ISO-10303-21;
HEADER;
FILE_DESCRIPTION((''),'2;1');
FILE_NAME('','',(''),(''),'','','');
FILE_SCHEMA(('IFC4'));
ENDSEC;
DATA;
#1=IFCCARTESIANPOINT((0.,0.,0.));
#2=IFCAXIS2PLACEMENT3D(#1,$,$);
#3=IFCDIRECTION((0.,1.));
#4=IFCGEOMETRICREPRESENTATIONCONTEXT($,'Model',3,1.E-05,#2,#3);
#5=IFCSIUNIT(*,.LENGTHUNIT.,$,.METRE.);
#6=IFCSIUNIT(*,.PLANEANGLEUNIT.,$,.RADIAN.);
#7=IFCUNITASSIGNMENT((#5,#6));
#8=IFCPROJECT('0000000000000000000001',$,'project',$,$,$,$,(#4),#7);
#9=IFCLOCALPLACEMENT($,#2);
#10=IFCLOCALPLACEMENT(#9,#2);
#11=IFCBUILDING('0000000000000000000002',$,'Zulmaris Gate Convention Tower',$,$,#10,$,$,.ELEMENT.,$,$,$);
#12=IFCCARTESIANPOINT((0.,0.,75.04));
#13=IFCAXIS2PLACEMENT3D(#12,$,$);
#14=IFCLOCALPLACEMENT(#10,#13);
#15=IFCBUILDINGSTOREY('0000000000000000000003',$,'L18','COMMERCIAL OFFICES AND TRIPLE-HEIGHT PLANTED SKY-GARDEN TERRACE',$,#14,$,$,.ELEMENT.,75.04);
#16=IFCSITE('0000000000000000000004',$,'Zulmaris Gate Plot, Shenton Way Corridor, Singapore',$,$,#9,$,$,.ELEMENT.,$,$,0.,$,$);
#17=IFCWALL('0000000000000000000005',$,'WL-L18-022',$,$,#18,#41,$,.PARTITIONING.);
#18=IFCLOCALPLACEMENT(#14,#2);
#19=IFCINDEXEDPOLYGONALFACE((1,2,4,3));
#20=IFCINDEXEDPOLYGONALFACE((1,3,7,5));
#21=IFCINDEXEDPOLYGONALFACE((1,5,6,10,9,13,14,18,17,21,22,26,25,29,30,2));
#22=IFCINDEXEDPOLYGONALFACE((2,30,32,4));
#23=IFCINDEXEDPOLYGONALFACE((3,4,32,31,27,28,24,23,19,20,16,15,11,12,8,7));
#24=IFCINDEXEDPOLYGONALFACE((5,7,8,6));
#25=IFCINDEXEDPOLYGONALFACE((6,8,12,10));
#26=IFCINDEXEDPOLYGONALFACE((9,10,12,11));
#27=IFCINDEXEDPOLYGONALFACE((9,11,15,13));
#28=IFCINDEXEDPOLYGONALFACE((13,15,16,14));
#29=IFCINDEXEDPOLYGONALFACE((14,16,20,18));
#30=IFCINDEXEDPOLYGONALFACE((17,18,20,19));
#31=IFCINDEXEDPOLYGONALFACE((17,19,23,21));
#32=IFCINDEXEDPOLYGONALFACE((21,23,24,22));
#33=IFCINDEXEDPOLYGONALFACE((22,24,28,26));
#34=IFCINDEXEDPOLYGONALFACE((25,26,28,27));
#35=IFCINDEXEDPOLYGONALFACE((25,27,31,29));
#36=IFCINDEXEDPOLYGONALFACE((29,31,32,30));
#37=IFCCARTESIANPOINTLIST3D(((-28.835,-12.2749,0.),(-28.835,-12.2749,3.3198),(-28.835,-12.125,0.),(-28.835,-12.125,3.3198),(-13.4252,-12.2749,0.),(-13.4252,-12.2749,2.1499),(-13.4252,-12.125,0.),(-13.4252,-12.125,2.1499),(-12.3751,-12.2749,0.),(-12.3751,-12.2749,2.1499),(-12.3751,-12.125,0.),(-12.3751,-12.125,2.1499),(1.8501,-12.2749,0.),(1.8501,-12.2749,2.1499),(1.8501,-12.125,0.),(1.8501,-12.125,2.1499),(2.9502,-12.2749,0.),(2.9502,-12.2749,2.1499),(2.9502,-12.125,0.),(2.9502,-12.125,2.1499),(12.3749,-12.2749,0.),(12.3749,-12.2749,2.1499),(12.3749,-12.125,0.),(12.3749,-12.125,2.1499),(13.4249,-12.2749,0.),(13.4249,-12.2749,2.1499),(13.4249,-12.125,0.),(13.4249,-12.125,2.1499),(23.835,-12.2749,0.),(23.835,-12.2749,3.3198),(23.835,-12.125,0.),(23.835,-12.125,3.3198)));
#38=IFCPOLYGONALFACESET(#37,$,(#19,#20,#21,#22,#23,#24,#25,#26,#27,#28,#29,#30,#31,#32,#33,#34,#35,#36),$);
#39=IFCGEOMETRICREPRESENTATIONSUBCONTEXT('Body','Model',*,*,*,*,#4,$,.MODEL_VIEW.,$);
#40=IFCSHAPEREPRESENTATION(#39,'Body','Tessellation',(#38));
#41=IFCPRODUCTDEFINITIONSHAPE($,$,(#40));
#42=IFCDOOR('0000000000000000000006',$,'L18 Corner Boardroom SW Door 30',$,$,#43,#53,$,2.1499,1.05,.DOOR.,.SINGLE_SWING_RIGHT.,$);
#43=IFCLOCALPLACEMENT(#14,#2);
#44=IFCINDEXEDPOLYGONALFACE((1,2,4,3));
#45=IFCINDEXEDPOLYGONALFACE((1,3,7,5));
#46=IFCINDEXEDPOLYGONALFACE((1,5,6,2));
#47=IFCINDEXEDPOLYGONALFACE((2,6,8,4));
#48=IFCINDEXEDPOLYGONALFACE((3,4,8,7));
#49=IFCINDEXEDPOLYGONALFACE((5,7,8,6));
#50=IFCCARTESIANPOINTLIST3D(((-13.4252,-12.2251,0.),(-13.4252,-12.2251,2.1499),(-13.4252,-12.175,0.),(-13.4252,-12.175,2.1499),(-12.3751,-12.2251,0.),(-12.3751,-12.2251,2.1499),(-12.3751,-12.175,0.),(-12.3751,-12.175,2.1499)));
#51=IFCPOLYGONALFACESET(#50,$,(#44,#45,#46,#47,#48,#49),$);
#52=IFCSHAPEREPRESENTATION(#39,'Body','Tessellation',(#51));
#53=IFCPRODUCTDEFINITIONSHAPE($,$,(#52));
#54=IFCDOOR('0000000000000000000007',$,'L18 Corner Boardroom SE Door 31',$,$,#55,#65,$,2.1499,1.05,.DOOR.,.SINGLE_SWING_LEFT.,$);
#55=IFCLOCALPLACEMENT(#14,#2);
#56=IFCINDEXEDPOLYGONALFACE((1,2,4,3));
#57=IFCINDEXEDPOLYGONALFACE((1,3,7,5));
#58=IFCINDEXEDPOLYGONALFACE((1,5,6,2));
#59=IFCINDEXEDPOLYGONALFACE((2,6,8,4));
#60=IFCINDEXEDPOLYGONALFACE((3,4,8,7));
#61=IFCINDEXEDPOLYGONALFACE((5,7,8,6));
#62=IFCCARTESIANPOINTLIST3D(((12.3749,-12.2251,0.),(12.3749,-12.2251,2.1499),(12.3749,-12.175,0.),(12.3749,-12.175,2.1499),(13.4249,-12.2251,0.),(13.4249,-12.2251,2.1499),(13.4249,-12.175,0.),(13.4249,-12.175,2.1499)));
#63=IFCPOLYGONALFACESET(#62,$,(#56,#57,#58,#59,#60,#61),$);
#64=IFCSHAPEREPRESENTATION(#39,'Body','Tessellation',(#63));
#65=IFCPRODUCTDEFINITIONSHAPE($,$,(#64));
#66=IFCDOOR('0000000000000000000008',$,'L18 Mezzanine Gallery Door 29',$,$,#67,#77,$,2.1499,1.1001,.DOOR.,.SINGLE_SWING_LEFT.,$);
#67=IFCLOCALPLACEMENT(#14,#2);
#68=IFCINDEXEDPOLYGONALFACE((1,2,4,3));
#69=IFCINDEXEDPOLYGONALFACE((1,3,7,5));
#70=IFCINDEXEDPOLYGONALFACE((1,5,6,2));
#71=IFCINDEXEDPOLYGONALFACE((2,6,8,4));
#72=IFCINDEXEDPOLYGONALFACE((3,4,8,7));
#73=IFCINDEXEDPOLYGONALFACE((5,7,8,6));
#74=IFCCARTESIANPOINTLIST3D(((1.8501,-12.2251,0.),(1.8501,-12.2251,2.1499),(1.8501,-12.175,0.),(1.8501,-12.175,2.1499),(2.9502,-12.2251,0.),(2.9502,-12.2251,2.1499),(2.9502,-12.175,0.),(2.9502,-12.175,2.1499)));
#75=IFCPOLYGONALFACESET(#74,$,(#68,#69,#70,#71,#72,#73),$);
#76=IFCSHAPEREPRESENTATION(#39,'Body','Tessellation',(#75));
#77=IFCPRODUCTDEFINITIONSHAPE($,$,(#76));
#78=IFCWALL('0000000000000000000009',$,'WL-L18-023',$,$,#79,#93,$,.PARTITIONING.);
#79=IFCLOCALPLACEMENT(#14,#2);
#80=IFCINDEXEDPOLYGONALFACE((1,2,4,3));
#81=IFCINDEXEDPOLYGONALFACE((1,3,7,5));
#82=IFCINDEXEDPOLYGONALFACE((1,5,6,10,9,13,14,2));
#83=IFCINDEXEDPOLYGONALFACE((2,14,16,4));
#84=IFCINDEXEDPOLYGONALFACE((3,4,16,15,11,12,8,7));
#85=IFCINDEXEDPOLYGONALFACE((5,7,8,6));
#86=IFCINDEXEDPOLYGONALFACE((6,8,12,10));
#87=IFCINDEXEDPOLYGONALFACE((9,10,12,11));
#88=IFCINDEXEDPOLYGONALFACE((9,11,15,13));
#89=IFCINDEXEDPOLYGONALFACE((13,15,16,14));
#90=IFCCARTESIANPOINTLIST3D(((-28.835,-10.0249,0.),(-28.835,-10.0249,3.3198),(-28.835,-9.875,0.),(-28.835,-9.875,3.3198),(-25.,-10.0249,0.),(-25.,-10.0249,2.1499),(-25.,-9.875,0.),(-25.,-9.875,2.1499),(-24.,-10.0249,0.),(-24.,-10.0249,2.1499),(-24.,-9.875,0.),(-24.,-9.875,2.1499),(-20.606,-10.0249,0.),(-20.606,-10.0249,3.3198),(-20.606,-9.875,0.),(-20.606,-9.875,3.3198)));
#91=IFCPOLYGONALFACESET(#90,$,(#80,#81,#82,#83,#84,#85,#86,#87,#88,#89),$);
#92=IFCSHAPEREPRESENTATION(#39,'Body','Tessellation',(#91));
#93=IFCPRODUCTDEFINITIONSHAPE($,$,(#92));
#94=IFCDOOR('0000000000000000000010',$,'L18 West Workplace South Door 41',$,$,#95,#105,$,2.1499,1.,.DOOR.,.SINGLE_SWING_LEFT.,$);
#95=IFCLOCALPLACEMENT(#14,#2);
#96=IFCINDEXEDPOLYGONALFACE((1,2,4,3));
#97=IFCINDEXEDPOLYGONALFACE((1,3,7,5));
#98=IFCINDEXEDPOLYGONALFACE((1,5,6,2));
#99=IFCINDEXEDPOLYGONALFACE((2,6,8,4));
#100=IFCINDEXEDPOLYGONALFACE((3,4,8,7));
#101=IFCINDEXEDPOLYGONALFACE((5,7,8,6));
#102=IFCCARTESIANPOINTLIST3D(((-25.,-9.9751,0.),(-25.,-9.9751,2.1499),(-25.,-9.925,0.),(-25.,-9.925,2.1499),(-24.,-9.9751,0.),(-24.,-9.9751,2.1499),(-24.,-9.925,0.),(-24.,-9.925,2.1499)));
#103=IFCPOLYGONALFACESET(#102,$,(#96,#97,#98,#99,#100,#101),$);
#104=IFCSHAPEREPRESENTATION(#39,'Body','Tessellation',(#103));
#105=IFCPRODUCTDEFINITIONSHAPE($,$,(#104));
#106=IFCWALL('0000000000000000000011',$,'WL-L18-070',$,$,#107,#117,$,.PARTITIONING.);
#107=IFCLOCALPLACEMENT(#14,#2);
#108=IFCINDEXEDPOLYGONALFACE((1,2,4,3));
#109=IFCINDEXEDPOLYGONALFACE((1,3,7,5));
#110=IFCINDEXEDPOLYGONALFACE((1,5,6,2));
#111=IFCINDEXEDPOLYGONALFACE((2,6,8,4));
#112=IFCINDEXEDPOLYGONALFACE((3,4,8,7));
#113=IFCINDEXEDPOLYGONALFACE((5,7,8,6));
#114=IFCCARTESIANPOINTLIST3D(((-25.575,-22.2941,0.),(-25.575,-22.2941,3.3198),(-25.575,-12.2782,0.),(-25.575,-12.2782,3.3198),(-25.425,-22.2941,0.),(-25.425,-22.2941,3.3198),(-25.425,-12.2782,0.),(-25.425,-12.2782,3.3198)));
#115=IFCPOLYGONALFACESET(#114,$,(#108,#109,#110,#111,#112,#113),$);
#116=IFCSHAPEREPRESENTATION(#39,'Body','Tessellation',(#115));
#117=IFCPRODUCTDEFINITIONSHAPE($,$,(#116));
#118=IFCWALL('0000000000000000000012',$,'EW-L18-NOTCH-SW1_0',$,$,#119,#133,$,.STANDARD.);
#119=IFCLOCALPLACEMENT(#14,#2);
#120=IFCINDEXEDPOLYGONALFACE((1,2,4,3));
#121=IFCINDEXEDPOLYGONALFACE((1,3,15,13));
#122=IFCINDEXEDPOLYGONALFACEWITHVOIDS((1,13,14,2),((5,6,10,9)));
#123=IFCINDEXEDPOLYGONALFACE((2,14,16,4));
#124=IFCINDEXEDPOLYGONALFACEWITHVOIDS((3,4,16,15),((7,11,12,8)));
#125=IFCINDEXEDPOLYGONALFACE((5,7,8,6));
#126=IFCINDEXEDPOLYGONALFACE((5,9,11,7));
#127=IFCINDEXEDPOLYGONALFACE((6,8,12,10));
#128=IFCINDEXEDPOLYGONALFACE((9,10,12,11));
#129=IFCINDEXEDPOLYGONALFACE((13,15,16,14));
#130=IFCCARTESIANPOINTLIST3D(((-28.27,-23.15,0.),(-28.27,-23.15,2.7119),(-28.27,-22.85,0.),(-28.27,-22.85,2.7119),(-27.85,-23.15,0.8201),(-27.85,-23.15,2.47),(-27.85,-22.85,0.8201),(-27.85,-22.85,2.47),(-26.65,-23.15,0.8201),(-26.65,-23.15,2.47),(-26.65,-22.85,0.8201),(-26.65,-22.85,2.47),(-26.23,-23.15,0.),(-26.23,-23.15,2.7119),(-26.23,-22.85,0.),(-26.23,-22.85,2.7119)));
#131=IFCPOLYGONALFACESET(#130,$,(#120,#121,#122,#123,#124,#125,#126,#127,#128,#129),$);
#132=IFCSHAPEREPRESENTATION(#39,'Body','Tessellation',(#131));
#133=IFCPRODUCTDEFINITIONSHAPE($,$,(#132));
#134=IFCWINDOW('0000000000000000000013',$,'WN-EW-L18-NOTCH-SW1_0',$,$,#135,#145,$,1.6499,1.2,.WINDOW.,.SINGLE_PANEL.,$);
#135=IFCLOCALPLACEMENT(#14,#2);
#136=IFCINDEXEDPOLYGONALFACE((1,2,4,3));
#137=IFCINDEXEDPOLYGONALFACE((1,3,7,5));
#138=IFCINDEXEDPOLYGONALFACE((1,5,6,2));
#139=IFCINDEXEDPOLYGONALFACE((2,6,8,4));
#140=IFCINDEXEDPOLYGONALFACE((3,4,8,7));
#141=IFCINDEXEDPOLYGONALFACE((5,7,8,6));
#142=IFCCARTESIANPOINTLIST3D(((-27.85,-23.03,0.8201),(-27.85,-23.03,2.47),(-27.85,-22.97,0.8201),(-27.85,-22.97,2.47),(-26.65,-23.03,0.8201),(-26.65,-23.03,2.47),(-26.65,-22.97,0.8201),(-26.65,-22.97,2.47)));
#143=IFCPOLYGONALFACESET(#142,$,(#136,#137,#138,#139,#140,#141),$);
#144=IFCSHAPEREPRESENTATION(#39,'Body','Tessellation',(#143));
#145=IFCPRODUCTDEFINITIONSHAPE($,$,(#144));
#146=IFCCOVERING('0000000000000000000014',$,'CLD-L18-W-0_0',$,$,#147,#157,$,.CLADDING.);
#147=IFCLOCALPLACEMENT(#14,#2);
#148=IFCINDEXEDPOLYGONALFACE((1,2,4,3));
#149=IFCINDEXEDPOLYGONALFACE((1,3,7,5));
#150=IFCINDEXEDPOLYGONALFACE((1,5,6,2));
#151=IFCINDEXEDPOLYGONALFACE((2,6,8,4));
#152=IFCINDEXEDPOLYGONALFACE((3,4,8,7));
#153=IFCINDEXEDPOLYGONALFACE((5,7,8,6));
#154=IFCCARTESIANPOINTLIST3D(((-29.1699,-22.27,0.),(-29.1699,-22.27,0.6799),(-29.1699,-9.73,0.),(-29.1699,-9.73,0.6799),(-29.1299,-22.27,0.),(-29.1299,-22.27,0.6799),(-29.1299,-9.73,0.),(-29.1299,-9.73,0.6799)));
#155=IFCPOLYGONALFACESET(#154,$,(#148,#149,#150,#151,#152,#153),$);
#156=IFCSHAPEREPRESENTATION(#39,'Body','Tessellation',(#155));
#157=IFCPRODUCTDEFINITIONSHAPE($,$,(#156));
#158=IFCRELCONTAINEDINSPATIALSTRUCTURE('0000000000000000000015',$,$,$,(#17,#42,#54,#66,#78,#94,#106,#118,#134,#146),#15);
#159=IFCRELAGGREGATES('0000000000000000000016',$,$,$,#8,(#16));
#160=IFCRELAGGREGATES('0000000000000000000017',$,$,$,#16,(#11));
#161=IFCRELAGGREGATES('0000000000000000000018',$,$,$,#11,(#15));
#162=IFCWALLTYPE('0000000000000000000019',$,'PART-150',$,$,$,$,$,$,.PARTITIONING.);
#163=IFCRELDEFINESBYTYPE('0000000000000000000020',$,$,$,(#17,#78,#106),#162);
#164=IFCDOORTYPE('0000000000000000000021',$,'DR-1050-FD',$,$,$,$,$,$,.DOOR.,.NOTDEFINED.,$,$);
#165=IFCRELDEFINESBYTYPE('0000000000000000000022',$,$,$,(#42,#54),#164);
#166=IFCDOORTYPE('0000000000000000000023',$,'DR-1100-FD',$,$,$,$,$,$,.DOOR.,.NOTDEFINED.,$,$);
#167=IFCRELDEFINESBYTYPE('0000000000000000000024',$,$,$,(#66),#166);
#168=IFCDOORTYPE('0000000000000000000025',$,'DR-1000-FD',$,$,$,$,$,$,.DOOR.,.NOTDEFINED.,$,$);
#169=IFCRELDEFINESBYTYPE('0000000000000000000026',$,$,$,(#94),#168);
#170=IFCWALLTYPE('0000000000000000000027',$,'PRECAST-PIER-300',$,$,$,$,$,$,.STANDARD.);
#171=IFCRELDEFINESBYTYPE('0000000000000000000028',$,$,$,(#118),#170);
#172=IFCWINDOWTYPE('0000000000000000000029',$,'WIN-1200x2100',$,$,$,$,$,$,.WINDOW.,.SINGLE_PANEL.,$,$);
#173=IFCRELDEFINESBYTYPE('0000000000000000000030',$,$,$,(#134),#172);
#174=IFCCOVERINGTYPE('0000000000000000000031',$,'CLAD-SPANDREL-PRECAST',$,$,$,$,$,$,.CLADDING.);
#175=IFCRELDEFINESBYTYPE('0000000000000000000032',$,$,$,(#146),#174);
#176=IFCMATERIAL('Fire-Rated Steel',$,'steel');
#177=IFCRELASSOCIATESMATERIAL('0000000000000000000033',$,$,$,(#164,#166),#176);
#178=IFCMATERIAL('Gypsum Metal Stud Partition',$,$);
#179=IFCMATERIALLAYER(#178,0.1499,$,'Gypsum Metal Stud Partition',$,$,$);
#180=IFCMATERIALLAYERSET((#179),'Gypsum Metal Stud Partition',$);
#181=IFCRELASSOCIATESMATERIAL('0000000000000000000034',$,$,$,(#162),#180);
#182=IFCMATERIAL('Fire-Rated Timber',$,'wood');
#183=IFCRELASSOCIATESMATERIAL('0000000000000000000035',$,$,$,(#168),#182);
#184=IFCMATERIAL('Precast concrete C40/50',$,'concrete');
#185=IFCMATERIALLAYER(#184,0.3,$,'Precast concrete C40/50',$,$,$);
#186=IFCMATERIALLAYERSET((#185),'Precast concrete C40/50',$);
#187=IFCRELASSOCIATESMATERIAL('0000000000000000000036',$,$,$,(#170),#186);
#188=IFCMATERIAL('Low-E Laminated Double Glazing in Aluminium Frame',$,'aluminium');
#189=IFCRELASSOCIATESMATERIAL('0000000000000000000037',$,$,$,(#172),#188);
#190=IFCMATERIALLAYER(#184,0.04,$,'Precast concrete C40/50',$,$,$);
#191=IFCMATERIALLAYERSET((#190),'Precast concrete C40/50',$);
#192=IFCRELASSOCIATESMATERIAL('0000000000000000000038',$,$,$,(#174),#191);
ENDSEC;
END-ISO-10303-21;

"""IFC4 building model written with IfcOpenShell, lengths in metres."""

from ifc_helpers import new_model, si_unit, direction, frame, frame_2d, origin, place, context, subcontext, project, spatial, rectangle, extrude, material, layer, layer_set, type_object, element, fill, save


model = new_model("IFC4")

# Units and contexts
model_context = context("Model", 3, precision=1e-05, world=origin(), true_north=direction((0.0, 1.0)))
body_context = subcontext(model_context, "Body", "Model", "MODEL_VIEW")
ifc_project = project(units=[si_unit("LENGTHUNIT", "METRE"), si_unit("PLANEANGLEUNIT", "RADIAN")], contexts=[model_context])

# Site, building, storey
site_placement = place(None, origin())
site = spatial("IfcSite", under=ifc_project, at=site_placement, Name="Zulmaris Gate Plot, Shenton Way Corridor, Singapore", CompositionType="ELEMENT", RefElevation=0.0)
building_placement = place(site_placement, origin())
building = spatial("IfcBuilding", under=site, at=building_placement, Name="Zulmaris Gate Convention Tower", CompositionType="ELEMENT")
storey_placement = place(building_placement, frame((0.0, 0.0, 75.04)))
storey = spatial("IfcBuildingStorey", under=building, at=storey_placement, Name="L18", Description="COMMERCIAL OFFICES AND TRIPLE-HEIGHT PLANTED SKY-GARDEN TERRACE", CompositionType="ELEMENT", Elevation=75.04)

# Shared definitions
ifc_material_1 = material(Name="Fire-Rated Steel", Category="steel")
door_type_1 = type_object("IfcDoorType", Name="DR-1050-FD", OperationType="NOTDEFINED", PredefinedType="DOOR", material=ifc_material_1)

# Wall, openings, doors
ifc_material_2 = material(Name="Gypsum Metal Stud Partition")
ifc_layer_1 = layer(ifc_material_2, 0.1499, Name="Gypsum Metal Stud Partition")
ifc_layer_set_1 = layer_set([ifc_layer_1], Name="Gypsum Metal Stud Partition")
wall_type_1 = type_object("IfcWallType", Name="PART-150", PredefinedType="PARTITIONING", material=ifc_layer_set_1)
wall_1_placement = place(storey_placement, frame((-28.835, -12.2, 0.0), z_axis=(0.0, 0.0, 1.0), x_axis=(1.0, 0.0, 0.0)))
wall_1 = element("IfcWall", 1, at=wall_1_placement, inside=storey, type_object=wall_type_1, Name="WL-L18-022", PredefinedType="PARTITIONING", context=body_context, shape_type="SweptSolid", body=[
    extrude(rectangle(XDim=52.6699, YDim=0.1499, at=frame_2d((26.335, 0.0))), origin(), (0.0, 0.0, 1.0), 3.3198),
])
opening_1_placement = place(wall_1_placement, frame((30.6851, 0.0, 0.0)))
opening_1 = element("IfcOpeningElement", 2, at=opening_1_placement, cuts=wall_1, PredefinedType="OPENING", context=body_context, shape_type="SweptSolid", body=[
    extrude(rectangle(XDim=1.1001, YDim=2.1499, at=frame_2d((0.55, 1.075))), frame((0.0, 0.085, 0.0), z_axis=(0.0, -1.0, 0.0), x_axis=(1.0, 0.0, 0.0)), (0.0, 0.0, 1.0), 0.1699),
])
opening_2_placement = place(wall_1_placement, frame((15.4099, 0.0, 0.0)))
opening_2 = element("IfcOpeningElement", 3, at=opening_2_placement, cuts=wall_1, PredefinedType="OPENING", context=body_context, shape_type="SweptSolid", body=[
    extrude(rectangle(XDim=1.05, YDim=2.1499, at=frame_2d((0.5249, 1.075))), frame((0.0, 0.085, 0.0), z_axis=(0.0, -1.0, 0.0), x_axis=(1.0, 0.0, 0.0)), (0.0, 0.0, 1.0), 0.1699),
])
opening_3_placement = place(wall_1_placement, frame((41.21, 0.0, 0.0)))
opening_3 = element("IfcOpeningElement", 4, at=opening_3_placement, cuts=wall_1, PredefinedType="OPENING", context=body_context, shape_type="SweptSolid", body=[
    extrude(rectangle(XDim=1.05, YDim=2.1499, at=frame_2d((0.5249, 1.075))), frame((0.0, 0.085, 0.0), z_axis=(0.0, -1.0, 0.0), x_axis=(1.0, 0.0, 0.0)), (0.0, 0.0, 1.0), 0.1699),
])
door_1_placement = place(opening_2_placement, origin())
door_1 = element("IfcDoor", 5, at=door_1_placement, inside=storey, type_object=door_type_1, Name="L18 Corner Boardroom SW Door 30", OperationType="SINGLE_SWING_RIGHT", OverallHeight=2.1499, OverallWidth=1.05, PredefinedType="DOOR", context=body_context, shape_type="SweptSolid", body=[
    extrude(rectangle(XDim=1.05, YDim=2.1499, at=frame_2d((0.5249, 1.075))), frame((0.0, 0.0249, 0.0), z_axis=(0.0, -1.0, 0.0), x_axis=(1.0, 0.0, 0.0)), (0.0, 0.0, 1.0), 0.05),
])
fill(opening_2, door_1)
door_2_placement = place(opening_3_placement, origin())
door_2 = element("IfcDoor", 6, at=door_2_placement, inside=storey, type_object=door_type_1, Name="L18 Corner Boardroom SE Door 31", OperationType="SINGLE_SWING_LEFT", OverallHeight=2.1499, OverallWidth=1.05, PredefinedType="DOOR", context=body_context, shape_type="SweptSolid", body=[
    extrude(rectangle(XDim=1.05, YDim=2.1499, at=frame_2d((0.5249, 1.075))), frame((0.0, 0.0249, 0.0), z_axis=(0.0, -1.0, 0.0), x_axis=(1.0, 0.0, 0.0)), (0.0, 0.0, 1.0), 0.05),
])
fill(opening_3, door_2)
door_type_2 = type_object("IfcDoorType", Name="DR-1100-FD", OperationType="NOTDEFINED", PredefinedType="DOOR", material=ifc_material_1)
door_3_placement = place(opening_1_placement, origin())
door_3 = element("IfcDoor", 7, at=door_3_placement, inside=storey, type_object=door_type_2, Name="L18 Mezzanine Gallery Door 29", OperationType="SINGLE_SWING_LEFT", OverallHeight=2.1499, OverallWidth=1.1001, PredefinedType="DOOR", context=body_context, shape_type="SweptSolid", body=[
    extrude(rectangle(XDim=1.1001, YDim=2.1499, at=frame_2d((0.55, 1.075))), frame((0.0, 0.0249, 0.0), z_axis=(0.0, -1.0, 0.0), x_axis=(1.0, 0.0, 0.0)), (0.0, 0.0, 1.0), 0.05),
])
fill(opening_1, door_3)

# Wall, opening, door
wall_2_placement = place(storey_placement, frame((-28.835, -9.95, 0.0), z_axis=(0.0, 0.0, 1.0), x_axis=(1.0, 0.0, 0.0)))
wall_2 = element("IfcWall", 8, at=wall_2_placement, inside=storey, type_object=wall_type_1, Name="WL-L18-023", PredefinedType="PARTITIONING", context=body_context, shape_type="SweptSolid", body=[
    extrude(rectangle(XDim=8.229, YDim=0.1499, at=frame_2d((4.1145, 0.0))), origin(), (0.0, 0.0, 1.0), 3.3198),
])
opening_4_placement = place(wall_2_placement, frame((3.835, 0.0, 0.0)))
opening_4 = element("IfcOpeningElement", 9, at=opening_4_placement, cuts=wall_2, PredefinedType="OPENING", context=body_context, shape_type="SweptSolid", body=[
    extrude(rectangle(XDim=1.0, YDim=2.1499, at=frame_2d((0.5, 1.075))), frame((0.0, 0.085, 0.0), z_axis=(0.0, -1.0, 0.0), x_axis=(1.0, 0.0, 0.0)), (0.0, 0.0, 1.0), 0.1699),
])
ifc_material_3 = material(Name="Fire-Rated Timber", Category="wood")
door_type_3 = type_object("IfcDoorType", Name="DR-1000-FD", OperationType="NOTDEFINED", PredefinedType="DOOR", material=ifc_material_3)
door_4_placement = place(opening_4_placement, origin())
door_4 = element("IfcDoor", 10, at=door_4_placement, inside=storey, type_object=door_type_3, Name="L18 West Workplace South Door 41", OperationType="SINGLE_SWING_LEFT", OverallHeight=2.1499, OverallWidth=1.0, PredefinedType="DOOR", context=body_context, shape_type="SweptSolid", body=[
    extrude(rectangle(XDim=1.0, YDim=2.1499, at=frame_2d((0.5, 1.075))), frame((0.0, 0.0249, 0.0), z_axis=(0.0, -1.0, 0.0), x_axis=(1.0, 0.0, 0.0)), (0.0, 0.0, 1.0), 0.05),
])
fill(opening_4, door_4)

# Wall
wall_3_placement = place(storey_placement, frame((-25.5, -22.2939, 0.0), z_axis=(0.0, 0.0, 1.0), x_axis=(0.0, 1.0, 0.0)))
element("IfcWall", 11, at=wall_3_placement, inside=storey, type_object=wall_type_1, Name="WL-L18-070", PredefinedType="PARTITIONING", context=body_context, shape_type="SweptSolid", body=[
    extrude(rectangle(XDim=10.0159, YDim=0.1499, at=frame_2d((5.0078, 0.0))), origin(), (0.0, 0.0, 1.0), 3.3198),
])

# Wall, opening, window
ifc_material_4 = material(Name="Precast concrete C40/50", Category="concrete")
ifc_layer_2 = layer(ifc_material_4, 0.3, Name="Precast concrete C40/50")
ifc_layer_set_2 = layer_set([ifc_layer_2], Name="Precast concrete C40/50")
wall_type_2 = type_object("IfcWallType", Name="PRECAST-PIER-300", PredefinedType="STANDARD", material=ifc_layer_set_2)
wall_4_placement = place(storey_placement, frame((-28.27, -23.0, 0.0), z_axis=(0.0, 0.0, 1.0), x_axis=(1.0, 0.0, 0.0)))
wall_4 = element("IfcWall", 12, at=wall_4_placement, inside=storey, type_object=wall_type_2, Name="EW-L18-NOTCH-SW1_0", PredefinedType="STANDARD", context=body_context, shape_type="SweptSolid", body=[
    extrude(rectangle(XDim=2.04, YDim=0.3, at=frame_2d((1.02, 0.0))), origin(), (0.0, 0.0, 1.0), 2.7119),
])
opening_5_placement = place(wall_4_placement, frame((0.4199, 0.0, 0.8201)))
opening_5 = element("IfcOpeningElement", 13, at=opening_5_placement, cuts=wall_4, PredefinedType="OPENING", context=body_context, shape_type="SweptSolid", body=[
    extrude(rectangle(XDim=1.2, YDim=1.6499, at=frame_2d((0.6001, 0.825))), frame((0.0, 0.1602, 0.0), z_axis=(0.0, -1.0, 0.0), x_axis=(1.0, 0.0, 0.0)), (0.0, 0.0, 1.0), 0.3201),
])
ifc_material_5 = material(Name="Low-E Laminated Double Glazing in Aluminium Frame", Category="aluminium")
window_type = type_object("IfcWindowType", Name="WIN-1200x2100", PartitioningType="SINGLE_PANEL", PredefinedType="WINDOW", material=ifc_material_5)
window_placement = place(opening_5_placement, origin())
window = element("IfcWindow", 14, at=window_placement, inside=storey, type_object=window_type, Name="WN-EW-L18-NOTCH-SW1_0", OverallHeight=1.6499, OverallWidth=1.2, PartitioningType="SINGLE_PANEL", PredefinedType="WINDOW", context=body_context, shape_type="SweptSolid", body=[
    extrude(rectangle(XDim=1.2, YDim=1.6499, at=frame_2d((0.6001, 0.825))), frame((0.0, 0.03, 0.0), z_axis=(0.0, -1.0, 0.0), x_axis=(1.0, 0.0, 0.0)), (0.0, 0.0, 1.0), 0.0601),
])
fill(opening_5, window)

# Covering
ifc_layer_3 = layer(ifc_material_4, 0.04, Name="Precast concrete C40/50")
ifc_layer_set_3 = layer_set([ifc_layer_3], Name="Precast concrete C40/50")
covering_type = type_object("IfcCoveringType", Name="CLAD-SPANDREL-PRECAST", PredefinedType="CLADDING", material=ifc_layer_set_3)
covering_placement = place(storey_placement, frame((-29.1499, -9.73, 0.0), z_axis=(0.0, 0.0, 1.0), x_axis=(0.0, -1.0, 0.0)))
element("IfcCovering", 15, at=covering_placement, inside=storey, type_object=covering_type, Name="CLD-L18-W-0_0", PredefinedType="CLADDING", context=body_context, shape_type="SweptSolid", body=[
    extrude(rectangle(XDim=12.54, YDim=0.04, at=frame_2d((6.27, 0.0))), origin(), (0.0, 0.0, 1.0), 0.6799),
])

save(model, "model.ifc")
